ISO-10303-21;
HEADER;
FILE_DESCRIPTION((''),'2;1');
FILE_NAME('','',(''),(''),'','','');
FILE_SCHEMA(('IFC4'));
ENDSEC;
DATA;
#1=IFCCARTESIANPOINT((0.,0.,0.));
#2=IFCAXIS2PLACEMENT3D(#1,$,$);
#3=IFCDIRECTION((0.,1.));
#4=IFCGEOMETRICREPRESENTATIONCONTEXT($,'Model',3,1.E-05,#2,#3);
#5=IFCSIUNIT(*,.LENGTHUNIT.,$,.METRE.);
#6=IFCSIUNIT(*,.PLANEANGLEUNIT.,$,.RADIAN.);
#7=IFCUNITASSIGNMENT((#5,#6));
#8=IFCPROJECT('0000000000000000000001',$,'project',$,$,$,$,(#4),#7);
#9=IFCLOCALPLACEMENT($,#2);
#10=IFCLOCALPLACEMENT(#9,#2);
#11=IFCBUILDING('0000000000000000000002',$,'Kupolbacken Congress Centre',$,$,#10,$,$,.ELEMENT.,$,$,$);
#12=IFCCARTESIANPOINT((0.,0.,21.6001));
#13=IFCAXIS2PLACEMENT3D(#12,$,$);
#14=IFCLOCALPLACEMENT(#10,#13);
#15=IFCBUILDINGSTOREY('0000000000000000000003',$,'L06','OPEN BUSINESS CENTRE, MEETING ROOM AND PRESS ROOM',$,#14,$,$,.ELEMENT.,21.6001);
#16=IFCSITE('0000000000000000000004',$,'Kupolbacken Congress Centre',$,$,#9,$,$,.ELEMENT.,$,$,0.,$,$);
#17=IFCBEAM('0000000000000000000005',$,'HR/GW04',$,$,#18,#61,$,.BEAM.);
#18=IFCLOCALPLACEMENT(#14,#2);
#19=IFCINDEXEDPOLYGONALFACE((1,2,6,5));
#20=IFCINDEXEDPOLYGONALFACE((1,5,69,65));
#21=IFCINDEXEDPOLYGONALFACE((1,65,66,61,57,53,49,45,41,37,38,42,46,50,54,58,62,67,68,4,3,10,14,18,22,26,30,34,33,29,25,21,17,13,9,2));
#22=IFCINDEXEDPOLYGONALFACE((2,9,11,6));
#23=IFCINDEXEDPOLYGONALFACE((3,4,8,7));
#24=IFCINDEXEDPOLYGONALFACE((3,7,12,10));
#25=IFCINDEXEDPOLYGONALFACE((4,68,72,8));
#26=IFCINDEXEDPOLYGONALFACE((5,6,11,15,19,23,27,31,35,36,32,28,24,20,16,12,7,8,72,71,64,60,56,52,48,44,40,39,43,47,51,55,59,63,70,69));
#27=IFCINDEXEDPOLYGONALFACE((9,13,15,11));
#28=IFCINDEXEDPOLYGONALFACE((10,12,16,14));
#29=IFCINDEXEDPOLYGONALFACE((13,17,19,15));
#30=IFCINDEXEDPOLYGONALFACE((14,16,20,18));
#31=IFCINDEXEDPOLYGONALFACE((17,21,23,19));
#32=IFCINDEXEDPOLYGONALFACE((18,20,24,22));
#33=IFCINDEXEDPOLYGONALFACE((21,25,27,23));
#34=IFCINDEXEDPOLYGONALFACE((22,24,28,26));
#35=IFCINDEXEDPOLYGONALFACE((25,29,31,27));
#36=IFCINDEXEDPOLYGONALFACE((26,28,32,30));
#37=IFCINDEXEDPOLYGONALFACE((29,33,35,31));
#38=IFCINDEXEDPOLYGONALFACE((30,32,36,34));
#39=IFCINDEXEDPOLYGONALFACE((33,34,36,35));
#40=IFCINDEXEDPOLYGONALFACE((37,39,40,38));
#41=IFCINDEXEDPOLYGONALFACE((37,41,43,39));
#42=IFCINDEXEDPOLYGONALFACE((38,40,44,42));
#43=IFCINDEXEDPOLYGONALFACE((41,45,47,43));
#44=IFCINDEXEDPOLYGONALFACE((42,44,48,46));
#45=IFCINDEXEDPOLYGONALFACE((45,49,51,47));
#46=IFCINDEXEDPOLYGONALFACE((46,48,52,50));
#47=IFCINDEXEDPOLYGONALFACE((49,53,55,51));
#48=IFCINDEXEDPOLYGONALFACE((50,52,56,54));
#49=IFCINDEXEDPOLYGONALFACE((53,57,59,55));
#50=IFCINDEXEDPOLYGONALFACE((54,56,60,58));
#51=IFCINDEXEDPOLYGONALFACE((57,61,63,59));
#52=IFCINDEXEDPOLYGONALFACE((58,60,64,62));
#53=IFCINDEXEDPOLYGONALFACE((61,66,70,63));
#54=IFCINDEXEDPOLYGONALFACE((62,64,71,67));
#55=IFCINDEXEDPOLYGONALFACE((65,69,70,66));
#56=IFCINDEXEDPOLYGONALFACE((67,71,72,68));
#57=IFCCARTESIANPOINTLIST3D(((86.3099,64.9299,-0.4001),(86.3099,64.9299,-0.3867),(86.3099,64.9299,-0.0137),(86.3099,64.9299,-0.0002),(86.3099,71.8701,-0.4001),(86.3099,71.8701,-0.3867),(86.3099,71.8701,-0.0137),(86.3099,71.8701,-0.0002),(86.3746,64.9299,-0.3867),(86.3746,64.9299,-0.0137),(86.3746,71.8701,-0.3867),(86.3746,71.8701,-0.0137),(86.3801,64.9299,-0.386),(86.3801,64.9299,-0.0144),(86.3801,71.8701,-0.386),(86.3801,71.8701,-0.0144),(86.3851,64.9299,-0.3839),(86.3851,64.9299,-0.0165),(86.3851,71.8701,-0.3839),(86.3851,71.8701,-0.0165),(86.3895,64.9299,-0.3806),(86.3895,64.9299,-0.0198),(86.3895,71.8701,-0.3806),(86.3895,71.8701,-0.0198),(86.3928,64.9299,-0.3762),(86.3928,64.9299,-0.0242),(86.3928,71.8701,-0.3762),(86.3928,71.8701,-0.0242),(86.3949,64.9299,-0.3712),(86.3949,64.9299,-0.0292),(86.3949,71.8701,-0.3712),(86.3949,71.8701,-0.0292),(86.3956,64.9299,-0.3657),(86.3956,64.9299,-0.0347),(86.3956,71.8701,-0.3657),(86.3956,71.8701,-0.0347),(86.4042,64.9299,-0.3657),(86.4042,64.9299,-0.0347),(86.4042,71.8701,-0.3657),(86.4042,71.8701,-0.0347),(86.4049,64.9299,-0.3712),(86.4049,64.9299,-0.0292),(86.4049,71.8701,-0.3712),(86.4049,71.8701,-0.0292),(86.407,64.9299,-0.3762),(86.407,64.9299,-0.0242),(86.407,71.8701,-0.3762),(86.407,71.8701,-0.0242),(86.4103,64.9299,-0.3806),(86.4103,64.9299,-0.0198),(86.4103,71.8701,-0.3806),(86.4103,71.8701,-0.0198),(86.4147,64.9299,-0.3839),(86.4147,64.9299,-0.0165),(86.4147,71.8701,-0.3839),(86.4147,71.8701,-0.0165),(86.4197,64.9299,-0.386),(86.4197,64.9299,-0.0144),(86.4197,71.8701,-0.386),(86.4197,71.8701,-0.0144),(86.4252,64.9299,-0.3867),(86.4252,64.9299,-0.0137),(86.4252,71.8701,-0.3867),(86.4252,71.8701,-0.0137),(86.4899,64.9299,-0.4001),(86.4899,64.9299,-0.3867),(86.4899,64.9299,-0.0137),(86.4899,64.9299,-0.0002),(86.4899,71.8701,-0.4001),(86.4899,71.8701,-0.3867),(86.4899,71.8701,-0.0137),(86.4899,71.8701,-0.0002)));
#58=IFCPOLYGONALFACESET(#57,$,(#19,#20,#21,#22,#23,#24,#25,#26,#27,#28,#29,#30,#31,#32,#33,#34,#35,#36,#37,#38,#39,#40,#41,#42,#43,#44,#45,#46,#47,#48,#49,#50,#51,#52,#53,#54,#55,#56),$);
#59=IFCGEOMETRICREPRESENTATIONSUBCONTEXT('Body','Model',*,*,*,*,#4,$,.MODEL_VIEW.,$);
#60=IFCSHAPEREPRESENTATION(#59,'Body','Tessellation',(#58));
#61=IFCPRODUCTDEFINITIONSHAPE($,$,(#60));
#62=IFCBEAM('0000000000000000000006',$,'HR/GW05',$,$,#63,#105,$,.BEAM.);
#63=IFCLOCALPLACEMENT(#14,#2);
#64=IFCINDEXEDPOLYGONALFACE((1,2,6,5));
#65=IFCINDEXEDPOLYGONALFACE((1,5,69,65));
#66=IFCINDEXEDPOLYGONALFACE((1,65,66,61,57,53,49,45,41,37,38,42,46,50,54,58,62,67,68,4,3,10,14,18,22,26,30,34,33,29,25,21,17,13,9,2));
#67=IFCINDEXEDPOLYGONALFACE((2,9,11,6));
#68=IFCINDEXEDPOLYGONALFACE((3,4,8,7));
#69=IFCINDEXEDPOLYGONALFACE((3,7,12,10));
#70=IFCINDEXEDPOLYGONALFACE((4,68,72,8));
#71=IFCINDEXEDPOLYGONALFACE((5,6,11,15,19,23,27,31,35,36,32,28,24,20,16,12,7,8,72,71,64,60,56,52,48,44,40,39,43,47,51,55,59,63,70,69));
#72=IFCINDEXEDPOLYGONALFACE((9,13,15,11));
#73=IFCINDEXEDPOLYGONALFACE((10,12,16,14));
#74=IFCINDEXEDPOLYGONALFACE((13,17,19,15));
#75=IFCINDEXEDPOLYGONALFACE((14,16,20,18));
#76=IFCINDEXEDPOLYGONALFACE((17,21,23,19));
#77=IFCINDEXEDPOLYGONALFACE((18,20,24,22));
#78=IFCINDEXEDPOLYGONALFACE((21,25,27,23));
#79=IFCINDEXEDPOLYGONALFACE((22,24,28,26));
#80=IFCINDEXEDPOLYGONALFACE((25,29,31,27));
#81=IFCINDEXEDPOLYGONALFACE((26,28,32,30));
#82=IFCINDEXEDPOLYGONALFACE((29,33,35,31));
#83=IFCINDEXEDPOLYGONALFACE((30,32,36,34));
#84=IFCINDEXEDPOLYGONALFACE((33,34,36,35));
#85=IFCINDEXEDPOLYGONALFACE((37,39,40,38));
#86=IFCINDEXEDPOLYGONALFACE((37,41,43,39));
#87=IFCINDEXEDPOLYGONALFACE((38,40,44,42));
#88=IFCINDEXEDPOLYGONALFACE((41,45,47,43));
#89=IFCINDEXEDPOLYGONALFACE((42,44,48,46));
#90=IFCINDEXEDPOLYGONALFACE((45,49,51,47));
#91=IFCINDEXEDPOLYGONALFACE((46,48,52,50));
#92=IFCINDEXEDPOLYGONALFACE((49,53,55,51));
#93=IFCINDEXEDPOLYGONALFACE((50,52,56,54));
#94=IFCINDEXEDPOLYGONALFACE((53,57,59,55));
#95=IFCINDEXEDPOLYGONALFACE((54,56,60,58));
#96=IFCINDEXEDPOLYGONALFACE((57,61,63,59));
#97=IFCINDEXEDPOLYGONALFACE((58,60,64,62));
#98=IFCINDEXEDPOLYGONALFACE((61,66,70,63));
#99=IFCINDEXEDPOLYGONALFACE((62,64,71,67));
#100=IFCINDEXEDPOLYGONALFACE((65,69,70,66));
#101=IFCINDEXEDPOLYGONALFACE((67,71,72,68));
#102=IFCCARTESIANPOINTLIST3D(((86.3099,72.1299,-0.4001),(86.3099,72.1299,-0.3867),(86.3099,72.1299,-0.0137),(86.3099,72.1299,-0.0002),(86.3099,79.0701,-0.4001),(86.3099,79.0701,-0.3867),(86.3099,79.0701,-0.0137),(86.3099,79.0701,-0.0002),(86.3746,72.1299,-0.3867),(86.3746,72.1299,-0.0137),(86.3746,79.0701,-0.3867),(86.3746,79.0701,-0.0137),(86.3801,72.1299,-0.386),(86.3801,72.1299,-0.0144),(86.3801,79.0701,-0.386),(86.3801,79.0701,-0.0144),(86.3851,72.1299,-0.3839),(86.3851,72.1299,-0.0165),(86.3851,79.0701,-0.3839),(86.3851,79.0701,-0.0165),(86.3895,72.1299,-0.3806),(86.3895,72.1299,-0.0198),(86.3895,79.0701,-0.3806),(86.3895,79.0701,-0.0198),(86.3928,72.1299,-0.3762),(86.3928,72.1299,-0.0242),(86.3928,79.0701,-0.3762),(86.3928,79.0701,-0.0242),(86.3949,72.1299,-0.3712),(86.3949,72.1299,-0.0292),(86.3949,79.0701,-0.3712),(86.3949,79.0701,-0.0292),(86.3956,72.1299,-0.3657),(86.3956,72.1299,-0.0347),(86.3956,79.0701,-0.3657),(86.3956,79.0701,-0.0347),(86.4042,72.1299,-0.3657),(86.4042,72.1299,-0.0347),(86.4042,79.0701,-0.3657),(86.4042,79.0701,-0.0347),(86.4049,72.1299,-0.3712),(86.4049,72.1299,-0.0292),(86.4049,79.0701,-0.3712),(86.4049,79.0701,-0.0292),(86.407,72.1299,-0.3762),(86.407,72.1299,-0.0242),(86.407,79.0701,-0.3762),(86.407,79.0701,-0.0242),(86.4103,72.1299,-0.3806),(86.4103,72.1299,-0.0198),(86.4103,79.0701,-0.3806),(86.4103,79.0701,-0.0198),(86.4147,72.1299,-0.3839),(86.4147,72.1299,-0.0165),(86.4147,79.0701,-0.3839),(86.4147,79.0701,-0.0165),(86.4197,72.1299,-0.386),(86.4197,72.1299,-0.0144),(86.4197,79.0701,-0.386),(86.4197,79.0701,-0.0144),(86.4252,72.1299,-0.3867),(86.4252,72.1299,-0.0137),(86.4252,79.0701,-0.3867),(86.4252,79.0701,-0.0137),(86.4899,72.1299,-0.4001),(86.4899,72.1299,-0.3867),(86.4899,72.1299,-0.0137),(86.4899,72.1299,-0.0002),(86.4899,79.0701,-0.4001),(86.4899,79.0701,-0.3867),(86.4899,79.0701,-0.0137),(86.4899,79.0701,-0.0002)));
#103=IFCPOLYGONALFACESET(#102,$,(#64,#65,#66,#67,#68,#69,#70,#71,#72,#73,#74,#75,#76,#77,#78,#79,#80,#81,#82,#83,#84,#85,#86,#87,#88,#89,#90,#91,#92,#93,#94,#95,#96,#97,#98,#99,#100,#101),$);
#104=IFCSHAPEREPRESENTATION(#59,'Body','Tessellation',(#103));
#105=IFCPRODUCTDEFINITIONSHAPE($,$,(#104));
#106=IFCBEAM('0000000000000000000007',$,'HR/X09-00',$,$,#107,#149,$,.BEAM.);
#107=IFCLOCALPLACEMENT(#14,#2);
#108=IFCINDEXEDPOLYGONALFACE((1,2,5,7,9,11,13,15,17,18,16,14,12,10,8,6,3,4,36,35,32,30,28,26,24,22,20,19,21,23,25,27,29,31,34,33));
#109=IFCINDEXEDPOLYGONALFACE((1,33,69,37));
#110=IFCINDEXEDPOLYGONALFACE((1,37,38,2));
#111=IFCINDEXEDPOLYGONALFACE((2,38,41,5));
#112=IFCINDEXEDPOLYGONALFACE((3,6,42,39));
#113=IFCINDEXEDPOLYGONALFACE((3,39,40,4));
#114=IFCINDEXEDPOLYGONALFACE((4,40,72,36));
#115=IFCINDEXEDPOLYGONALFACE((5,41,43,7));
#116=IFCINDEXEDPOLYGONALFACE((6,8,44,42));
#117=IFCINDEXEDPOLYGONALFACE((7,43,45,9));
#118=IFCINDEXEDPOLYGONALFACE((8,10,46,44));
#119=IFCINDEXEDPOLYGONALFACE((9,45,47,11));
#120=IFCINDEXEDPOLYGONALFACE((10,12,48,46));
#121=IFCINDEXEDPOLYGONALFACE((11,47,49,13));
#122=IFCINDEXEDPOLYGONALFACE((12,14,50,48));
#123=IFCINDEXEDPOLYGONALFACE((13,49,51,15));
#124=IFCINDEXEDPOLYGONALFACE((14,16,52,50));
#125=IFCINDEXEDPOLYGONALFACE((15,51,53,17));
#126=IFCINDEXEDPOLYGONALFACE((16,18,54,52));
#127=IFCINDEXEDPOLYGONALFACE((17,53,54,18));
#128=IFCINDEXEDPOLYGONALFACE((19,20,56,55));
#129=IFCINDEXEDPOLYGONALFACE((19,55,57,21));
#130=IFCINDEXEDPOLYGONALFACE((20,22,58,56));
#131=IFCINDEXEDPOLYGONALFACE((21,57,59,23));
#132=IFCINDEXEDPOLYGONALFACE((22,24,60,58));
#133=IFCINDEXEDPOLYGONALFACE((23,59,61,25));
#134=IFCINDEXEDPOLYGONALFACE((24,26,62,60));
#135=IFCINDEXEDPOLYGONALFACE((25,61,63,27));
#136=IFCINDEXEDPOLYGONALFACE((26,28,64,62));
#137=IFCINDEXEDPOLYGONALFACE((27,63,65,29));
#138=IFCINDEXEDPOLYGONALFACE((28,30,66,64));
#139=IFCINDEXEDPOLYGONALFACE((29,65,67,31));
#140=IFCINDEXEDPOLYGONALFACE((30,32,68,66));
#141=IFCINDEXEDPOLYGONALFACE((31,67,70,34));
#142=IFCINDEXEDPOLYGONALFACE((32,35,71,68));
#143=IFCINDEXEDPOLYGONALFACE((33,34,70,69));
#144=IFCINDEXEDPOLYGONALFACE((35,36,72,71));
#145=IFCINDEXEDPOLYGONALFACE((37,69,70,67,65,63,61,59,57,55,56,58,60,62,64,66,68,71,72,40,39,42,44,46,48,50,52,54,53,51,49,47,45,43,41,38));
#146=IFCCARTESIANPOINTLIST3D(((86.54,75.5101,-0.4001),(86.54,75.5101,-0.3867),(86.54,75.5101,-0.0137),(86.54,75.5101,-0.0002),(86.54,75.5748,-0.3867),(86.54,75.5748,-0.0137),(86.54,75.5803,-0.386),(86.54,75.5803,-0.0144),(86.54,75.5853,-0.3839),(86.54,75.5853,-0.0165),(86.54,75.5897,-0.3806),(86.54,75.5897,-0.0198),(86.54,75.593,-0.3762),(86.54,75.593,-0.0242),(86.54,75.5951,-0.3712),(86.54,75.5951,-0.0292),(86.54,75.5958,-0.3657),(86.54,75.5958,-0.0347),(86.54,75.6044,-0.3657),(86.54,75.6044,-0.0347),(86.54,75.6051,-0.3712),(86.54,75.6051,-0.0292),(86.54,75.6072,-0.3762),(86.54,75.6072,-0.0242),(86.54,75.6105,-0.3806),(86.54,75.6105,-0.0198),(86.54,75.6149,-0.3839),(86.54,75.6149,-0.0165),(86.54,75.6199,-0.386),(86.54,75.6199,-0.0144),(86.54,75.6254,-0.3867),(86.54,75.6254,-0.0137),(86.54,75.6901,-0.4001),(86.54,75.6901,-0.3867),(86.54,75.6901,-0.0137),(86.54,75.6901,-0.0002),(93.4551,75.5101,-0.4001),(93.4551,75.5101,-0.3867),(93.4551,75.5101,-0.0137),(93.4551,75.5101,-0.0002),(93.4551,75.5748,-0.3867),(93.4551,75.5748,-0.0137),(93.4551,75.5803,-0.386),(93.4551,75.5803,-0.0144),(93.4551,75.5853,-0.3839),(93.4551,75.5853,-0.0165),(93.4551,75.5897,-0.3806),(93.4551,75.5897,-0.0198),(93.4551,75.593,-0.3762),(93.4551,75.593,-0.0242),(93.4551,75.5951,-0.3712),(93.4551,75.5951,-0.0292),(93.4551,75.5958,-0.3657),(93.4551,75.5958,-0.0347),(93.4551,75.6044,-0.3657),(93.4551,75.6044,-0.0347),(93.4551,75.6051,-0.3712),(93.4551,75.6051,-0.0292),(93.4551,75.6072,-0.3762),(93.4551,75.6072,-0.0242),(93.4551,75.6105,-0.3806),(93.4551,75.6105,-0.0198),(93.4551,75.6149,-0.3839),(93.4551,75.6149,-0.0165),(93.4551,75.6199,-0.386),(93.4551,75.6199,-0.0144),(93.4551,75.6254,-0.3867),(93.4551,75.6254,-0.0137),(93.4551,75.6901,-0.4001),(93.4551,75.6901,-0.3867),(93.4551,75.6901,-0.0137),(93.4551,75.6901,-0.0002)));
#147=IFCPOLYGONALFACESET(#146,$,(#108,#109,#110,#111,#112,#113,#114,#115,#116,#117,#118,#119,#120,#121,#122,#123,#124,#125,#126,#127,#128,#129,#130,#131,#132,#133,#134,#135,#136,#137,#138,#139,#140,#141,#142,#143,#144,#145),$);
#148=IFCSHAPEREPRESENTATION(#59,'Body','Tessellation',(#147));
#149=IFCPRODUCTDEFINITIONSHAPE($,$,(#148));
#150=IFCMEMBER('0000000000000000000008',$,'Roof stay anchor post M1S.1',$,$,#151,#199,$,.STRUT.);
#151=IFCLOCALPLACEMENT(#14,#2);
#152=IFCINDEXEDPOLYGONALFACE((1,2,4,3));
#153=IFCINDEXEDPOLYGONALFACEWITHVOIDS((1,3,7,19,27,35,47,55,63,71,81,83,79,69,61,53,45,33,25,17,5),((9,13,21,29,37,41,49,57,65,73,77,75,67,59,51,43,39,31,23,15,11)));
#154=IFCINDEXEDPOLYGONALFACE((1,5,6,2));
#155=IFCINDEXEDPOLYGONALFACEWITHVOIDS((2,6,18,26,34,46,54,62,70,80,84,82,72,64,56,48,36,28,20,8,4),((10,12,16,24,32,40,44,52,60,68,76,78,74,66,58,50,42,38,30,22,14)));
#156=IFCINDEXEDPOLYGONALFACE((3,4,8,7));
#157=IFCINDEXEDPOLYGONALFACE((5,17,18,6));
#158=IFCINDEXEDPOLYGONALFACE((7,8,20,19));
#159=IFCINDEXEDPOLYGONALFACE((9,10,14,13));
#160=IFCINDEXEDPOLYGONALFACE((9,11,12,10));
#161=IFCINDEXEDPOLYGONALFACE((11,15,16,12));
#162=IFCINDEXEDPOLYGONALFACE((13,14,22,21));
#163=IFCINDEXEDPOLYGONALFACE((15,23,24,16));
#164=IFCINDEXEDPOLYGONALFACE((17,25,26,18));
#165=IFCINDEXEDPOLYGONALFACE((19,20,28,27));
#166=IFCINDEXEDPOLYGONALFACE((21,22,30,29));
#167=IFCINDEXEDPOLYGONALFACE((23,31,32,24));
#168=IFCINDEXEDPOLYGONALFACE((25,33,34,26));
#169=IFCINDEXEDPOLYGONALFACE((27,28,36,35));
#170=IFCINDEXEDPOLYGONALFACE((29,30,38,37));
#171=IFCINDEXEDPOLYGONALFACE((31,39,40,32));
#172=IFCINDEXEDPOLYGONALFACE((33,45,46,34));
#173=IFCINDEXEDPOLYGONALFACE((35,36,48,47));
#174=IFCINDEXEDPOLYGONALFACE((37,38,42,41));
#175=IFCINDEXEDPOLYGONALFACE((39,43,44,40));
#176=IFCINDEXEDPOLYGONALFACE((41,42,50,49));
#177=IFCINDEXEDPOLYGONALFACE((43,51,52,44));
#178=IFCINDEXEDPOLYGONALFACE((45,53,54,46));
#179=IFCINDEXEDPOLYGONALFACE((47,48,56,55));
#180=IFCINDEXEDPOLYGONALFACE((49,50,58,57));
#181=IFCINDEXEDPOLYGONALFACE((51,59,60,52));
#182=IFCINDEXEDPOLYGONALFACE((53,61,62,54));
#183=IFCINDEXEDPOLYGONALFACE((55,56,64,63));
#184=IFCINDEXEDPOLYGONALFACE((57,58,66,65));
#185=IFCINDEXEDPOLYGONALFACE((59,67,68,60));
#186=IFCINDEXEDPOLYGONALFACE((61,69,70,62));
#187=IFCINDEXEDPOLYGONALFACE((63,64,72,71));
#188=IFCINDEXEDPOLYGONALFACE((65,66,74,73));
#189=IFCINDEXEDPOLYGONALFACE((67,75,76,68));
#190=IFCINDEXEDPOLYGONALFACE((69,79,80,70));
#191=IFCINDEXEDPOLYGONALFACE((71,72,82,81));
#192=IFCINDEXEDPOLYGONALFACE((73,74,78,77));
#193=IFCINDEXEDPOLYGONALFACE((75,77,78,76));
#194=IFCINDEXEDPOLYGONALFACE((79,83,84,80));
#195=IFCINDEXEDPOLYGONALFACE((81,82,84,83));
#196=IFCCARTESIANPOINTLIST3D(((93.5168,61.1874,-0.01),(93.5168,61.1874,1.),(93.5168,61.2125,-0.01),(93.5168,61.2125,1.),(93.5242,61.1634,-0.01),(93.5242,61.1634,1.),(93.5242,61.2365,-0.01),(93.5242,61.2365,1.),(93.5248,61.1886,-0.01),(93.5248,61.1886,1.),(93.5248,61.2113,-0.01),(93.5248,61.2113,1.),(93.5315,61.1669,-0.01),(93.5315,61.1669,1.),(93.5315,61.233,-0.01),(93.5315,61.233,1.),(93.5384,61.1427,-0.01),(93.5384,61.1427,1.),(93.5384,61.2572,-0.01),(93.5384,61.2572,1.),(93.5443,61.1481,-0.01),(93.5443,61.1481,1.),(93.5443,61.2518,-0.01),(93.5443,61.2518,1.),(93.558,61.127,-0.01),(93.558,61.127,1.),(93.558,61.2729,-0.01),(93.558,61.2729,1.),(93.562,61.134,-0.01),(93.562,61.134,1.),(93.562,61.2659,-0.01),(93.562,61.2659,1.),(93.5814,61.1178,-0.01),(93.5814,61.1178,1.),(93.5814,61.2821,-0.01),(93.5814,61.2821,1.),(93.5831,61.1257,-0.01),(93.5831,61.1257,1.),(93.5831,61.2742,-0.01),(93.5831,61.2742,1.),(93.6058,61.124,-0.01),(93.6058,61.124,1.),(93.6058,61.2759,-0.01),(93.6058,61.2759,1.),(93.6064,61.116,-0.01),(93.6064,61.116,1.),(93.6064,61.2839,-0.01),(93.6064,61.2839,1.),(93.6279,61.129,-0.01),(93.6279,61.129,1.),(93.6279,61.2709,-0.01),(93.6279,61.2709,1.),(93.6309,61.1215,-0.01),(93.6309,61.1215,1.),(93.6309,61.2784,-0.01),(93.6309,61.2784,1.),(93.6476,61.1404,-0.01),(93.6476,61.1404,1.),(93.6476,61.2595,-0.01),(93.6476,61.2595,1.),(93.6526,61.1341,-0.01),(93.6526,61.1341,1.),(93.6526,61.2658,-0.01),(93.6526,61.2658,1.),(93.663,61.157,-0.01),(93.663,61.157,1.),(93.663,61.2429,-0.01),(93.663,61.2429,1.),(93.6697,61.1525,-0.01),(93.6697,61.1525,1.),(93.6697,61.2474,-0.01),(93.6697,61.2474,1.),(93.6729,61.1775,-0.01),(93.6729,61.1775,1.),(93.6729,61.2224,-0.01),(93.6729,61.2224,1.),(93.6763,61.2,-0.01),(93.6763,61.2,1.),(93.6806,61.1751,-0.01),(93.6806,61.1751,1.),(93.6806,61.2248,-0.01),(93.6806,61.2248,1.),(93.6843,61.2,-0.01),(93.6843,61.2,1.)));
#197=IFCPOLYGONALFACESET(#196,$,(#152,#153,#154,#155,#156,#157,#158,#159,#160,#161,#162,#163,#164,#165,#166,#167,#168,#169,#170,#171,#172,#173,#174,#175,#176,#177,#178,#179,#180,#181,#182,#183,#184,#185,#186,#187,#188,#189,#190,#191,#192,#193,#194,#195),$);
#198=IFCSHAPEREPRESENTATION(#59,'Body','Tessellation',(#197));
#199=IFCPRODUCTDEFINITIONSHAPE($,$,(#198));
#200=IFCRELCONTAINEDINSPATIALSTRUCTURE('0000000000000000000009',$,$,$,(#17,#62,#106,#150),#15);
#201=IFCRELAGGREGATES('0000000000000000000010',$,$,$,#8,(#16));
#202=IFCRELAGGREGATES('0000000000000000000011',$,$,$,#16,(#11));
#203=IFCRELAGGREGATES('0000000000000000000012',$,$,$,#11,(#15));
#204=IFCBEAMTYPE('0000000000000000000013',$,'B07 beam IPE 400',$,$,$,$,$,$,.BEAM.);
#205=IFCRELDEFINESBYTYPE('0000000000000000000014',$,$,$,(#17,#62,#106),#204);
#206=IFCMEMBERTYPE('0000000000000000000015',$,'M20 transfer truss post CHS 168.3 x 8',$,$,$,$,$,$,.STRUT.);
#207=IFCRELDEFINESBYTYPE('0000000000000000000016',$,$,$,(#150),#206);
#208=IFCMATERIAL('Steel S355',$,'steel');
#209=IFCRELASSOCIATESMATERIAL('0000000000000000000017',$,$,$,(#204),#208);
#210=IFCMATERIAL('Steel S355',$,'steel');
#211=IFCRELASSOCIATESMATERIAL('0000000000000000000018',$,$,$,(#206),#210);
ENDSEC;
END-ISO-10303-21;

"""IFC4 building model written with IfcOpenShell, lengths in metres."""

from ifc_helpers import new_model, si_unit, direction, frame, origin, origin_2d, place, context, subcontext, project, spatial, hollow_circle, i_section, extrude, material, material_profile, profile_set, type_object, element, save


model = new_model("IFC4")

# Units and contexts
model_context = context("Model", 3, precision=1e-05, world=origin(), true_north=direction((0.0, 1.0)))
body_context = subcontext(model_context, "Body", "Model", "MODEL_VIEW")
ifc_project = project(units=[si_unit("LENGTHUNIT", "METRE"), si_unit("PLANEANGLEUNIT", "RADIAN")], contexts=[model_context])

# Site, building, storey
site_placement = place(None, origin())
site = spatial("IfcSite", under=ifc_project, at=site_placement, Name="Kupolbacken Congress Centre", CompositionType="ELEMENT", RefElevation=0.0)
building_placement = place(site_placement, origin())
building = spatial("IfcBuilding", under=site, at=building_placement, Name="Kupolbacken Congress Centre", CompositionType="ELEMENT")
storey_placement = place(building_placement, frame((0.0, 0.0, 21.6001)))
storey = spatial("IfcBuildingStorey", under=building, at=storey_placement, Name="L06", Description="OPEN BUSINESS CENTRE, MEETING ROOM AND PRESS ROOM", CompositionType="ELEMENT", Elevation=21.6001)

# Beams
ifc_material_1 = material(Name="Steel S355", Category="steel")
ifc_material_profile_1 = material_profile(ifc_material_1, i_section(OverallWidth=0.1799, OverallDepth=0.3999, WebThickness=0.0085, FlangeThickness=0.0134, FilletRadius=0.021, at=origin_2d()), Name="IPE 400")
ifc_profile_set_1 = profile_set([ifc_material_profile_1], Name="Steel S355")
beam_type_1 = type_object("IfcBeamType", Name="B07 beam IPE 400", PredefinedType="BEAM", material=ifc_profile_set_1)
for number, where, z_axis, x_axis, name in (
    (1, (86.3999, 64.9299, -0.2002), (0.0, 1.0, 0.0), (-1.0, 0.0, 0.0), "HR/GW04"),
    (2, (86.3999, 72.1299, -0.2002), (0.0, 1.0, 0.0), (-1.0, 0.0, 0.0), "HR/GW05"),
):
    element("IfcBeam", number, at=place(storey_placement, frame(where, z_axis=z_axis, x_axis=x_axis)), inside=storey, type_object=beam_type_1, Name=name, PredefinedType="BEAM", context=body_context, shape_type="SweptSolid", body=[
        extrude(i_section(OverallWidth=0.1799, OverallDepth=0.3999, WebThickness=0.0085, FlangeThickness=0.0134, FilletRadius=0.021, at=origin_2d()), origin(), (0.0, 0.0, 1.0), 6.9402),
    ])
beam_placement = place(storey_placement, frame((86.54, 75.6001, -0.2002), z_axis=(1.0, 0.0, 0.0), x_axis=(0.0, 1.0, 0.0)))
element("IfcBeam", 3, at=beam_placement, inside=storey, type_object=beam_type_1, Name="HR/X09-00", PredefinedType="BEAM", context=body_context, shape_type="SweptSolid", body=[
    extrude(i_section(OverallWidth=0.1799, OverallDepth=0.3999, WebThickness=0.0085, FlangeThickness=0.0134, FilletRadius=0.021, at=origin_2d()), origin(), (0.0, 0.0, 1.0), 6.915),
])

# Member
ifc_material_2 = material(Name="Steel S355", Category="steel")
ifc_material_profile_2 = material_profile(ifc_material_2, hollow_circle(Radius=0.0842, WallThickness=0.0081, at=origin_2d()), Name="CHS 168.3 x 8")
ifc_profile_set_2 = profile_set([ifc_material_profile_2], Name="Steel S355")
member_type_1 = type_object("IfcMemberType", Name="M20 transfer truss post CHS 168.3 x 8", PredefinedType="STRUT", material=ifc_profile_set_2)
for number, where, z_axis, x_axis, name in (
    (4, (93.6001, 61.2, -0.01), (0.0, 0.0, 1.0), (1.0, 0.0, 0.0), "Roof stay anchor post M1S.1"),
):
    element("IfcMember", number, at=place(storey_placement, frame(where, z_axis=z_axis, x_axis=x_axis)), inside=storey, type_object=member_type_1, Name=name, PredefinedType="STRUT", context=body_context, shape_type="SweptSolid", body=[
        extrude(hollow_circle(Radius=0.0842, WallThickness=0.0081, at=origin_2d()), origin(), (0.0, 0.0, 1.0), 1.01),
    ])

save(model, "model.ifc")
